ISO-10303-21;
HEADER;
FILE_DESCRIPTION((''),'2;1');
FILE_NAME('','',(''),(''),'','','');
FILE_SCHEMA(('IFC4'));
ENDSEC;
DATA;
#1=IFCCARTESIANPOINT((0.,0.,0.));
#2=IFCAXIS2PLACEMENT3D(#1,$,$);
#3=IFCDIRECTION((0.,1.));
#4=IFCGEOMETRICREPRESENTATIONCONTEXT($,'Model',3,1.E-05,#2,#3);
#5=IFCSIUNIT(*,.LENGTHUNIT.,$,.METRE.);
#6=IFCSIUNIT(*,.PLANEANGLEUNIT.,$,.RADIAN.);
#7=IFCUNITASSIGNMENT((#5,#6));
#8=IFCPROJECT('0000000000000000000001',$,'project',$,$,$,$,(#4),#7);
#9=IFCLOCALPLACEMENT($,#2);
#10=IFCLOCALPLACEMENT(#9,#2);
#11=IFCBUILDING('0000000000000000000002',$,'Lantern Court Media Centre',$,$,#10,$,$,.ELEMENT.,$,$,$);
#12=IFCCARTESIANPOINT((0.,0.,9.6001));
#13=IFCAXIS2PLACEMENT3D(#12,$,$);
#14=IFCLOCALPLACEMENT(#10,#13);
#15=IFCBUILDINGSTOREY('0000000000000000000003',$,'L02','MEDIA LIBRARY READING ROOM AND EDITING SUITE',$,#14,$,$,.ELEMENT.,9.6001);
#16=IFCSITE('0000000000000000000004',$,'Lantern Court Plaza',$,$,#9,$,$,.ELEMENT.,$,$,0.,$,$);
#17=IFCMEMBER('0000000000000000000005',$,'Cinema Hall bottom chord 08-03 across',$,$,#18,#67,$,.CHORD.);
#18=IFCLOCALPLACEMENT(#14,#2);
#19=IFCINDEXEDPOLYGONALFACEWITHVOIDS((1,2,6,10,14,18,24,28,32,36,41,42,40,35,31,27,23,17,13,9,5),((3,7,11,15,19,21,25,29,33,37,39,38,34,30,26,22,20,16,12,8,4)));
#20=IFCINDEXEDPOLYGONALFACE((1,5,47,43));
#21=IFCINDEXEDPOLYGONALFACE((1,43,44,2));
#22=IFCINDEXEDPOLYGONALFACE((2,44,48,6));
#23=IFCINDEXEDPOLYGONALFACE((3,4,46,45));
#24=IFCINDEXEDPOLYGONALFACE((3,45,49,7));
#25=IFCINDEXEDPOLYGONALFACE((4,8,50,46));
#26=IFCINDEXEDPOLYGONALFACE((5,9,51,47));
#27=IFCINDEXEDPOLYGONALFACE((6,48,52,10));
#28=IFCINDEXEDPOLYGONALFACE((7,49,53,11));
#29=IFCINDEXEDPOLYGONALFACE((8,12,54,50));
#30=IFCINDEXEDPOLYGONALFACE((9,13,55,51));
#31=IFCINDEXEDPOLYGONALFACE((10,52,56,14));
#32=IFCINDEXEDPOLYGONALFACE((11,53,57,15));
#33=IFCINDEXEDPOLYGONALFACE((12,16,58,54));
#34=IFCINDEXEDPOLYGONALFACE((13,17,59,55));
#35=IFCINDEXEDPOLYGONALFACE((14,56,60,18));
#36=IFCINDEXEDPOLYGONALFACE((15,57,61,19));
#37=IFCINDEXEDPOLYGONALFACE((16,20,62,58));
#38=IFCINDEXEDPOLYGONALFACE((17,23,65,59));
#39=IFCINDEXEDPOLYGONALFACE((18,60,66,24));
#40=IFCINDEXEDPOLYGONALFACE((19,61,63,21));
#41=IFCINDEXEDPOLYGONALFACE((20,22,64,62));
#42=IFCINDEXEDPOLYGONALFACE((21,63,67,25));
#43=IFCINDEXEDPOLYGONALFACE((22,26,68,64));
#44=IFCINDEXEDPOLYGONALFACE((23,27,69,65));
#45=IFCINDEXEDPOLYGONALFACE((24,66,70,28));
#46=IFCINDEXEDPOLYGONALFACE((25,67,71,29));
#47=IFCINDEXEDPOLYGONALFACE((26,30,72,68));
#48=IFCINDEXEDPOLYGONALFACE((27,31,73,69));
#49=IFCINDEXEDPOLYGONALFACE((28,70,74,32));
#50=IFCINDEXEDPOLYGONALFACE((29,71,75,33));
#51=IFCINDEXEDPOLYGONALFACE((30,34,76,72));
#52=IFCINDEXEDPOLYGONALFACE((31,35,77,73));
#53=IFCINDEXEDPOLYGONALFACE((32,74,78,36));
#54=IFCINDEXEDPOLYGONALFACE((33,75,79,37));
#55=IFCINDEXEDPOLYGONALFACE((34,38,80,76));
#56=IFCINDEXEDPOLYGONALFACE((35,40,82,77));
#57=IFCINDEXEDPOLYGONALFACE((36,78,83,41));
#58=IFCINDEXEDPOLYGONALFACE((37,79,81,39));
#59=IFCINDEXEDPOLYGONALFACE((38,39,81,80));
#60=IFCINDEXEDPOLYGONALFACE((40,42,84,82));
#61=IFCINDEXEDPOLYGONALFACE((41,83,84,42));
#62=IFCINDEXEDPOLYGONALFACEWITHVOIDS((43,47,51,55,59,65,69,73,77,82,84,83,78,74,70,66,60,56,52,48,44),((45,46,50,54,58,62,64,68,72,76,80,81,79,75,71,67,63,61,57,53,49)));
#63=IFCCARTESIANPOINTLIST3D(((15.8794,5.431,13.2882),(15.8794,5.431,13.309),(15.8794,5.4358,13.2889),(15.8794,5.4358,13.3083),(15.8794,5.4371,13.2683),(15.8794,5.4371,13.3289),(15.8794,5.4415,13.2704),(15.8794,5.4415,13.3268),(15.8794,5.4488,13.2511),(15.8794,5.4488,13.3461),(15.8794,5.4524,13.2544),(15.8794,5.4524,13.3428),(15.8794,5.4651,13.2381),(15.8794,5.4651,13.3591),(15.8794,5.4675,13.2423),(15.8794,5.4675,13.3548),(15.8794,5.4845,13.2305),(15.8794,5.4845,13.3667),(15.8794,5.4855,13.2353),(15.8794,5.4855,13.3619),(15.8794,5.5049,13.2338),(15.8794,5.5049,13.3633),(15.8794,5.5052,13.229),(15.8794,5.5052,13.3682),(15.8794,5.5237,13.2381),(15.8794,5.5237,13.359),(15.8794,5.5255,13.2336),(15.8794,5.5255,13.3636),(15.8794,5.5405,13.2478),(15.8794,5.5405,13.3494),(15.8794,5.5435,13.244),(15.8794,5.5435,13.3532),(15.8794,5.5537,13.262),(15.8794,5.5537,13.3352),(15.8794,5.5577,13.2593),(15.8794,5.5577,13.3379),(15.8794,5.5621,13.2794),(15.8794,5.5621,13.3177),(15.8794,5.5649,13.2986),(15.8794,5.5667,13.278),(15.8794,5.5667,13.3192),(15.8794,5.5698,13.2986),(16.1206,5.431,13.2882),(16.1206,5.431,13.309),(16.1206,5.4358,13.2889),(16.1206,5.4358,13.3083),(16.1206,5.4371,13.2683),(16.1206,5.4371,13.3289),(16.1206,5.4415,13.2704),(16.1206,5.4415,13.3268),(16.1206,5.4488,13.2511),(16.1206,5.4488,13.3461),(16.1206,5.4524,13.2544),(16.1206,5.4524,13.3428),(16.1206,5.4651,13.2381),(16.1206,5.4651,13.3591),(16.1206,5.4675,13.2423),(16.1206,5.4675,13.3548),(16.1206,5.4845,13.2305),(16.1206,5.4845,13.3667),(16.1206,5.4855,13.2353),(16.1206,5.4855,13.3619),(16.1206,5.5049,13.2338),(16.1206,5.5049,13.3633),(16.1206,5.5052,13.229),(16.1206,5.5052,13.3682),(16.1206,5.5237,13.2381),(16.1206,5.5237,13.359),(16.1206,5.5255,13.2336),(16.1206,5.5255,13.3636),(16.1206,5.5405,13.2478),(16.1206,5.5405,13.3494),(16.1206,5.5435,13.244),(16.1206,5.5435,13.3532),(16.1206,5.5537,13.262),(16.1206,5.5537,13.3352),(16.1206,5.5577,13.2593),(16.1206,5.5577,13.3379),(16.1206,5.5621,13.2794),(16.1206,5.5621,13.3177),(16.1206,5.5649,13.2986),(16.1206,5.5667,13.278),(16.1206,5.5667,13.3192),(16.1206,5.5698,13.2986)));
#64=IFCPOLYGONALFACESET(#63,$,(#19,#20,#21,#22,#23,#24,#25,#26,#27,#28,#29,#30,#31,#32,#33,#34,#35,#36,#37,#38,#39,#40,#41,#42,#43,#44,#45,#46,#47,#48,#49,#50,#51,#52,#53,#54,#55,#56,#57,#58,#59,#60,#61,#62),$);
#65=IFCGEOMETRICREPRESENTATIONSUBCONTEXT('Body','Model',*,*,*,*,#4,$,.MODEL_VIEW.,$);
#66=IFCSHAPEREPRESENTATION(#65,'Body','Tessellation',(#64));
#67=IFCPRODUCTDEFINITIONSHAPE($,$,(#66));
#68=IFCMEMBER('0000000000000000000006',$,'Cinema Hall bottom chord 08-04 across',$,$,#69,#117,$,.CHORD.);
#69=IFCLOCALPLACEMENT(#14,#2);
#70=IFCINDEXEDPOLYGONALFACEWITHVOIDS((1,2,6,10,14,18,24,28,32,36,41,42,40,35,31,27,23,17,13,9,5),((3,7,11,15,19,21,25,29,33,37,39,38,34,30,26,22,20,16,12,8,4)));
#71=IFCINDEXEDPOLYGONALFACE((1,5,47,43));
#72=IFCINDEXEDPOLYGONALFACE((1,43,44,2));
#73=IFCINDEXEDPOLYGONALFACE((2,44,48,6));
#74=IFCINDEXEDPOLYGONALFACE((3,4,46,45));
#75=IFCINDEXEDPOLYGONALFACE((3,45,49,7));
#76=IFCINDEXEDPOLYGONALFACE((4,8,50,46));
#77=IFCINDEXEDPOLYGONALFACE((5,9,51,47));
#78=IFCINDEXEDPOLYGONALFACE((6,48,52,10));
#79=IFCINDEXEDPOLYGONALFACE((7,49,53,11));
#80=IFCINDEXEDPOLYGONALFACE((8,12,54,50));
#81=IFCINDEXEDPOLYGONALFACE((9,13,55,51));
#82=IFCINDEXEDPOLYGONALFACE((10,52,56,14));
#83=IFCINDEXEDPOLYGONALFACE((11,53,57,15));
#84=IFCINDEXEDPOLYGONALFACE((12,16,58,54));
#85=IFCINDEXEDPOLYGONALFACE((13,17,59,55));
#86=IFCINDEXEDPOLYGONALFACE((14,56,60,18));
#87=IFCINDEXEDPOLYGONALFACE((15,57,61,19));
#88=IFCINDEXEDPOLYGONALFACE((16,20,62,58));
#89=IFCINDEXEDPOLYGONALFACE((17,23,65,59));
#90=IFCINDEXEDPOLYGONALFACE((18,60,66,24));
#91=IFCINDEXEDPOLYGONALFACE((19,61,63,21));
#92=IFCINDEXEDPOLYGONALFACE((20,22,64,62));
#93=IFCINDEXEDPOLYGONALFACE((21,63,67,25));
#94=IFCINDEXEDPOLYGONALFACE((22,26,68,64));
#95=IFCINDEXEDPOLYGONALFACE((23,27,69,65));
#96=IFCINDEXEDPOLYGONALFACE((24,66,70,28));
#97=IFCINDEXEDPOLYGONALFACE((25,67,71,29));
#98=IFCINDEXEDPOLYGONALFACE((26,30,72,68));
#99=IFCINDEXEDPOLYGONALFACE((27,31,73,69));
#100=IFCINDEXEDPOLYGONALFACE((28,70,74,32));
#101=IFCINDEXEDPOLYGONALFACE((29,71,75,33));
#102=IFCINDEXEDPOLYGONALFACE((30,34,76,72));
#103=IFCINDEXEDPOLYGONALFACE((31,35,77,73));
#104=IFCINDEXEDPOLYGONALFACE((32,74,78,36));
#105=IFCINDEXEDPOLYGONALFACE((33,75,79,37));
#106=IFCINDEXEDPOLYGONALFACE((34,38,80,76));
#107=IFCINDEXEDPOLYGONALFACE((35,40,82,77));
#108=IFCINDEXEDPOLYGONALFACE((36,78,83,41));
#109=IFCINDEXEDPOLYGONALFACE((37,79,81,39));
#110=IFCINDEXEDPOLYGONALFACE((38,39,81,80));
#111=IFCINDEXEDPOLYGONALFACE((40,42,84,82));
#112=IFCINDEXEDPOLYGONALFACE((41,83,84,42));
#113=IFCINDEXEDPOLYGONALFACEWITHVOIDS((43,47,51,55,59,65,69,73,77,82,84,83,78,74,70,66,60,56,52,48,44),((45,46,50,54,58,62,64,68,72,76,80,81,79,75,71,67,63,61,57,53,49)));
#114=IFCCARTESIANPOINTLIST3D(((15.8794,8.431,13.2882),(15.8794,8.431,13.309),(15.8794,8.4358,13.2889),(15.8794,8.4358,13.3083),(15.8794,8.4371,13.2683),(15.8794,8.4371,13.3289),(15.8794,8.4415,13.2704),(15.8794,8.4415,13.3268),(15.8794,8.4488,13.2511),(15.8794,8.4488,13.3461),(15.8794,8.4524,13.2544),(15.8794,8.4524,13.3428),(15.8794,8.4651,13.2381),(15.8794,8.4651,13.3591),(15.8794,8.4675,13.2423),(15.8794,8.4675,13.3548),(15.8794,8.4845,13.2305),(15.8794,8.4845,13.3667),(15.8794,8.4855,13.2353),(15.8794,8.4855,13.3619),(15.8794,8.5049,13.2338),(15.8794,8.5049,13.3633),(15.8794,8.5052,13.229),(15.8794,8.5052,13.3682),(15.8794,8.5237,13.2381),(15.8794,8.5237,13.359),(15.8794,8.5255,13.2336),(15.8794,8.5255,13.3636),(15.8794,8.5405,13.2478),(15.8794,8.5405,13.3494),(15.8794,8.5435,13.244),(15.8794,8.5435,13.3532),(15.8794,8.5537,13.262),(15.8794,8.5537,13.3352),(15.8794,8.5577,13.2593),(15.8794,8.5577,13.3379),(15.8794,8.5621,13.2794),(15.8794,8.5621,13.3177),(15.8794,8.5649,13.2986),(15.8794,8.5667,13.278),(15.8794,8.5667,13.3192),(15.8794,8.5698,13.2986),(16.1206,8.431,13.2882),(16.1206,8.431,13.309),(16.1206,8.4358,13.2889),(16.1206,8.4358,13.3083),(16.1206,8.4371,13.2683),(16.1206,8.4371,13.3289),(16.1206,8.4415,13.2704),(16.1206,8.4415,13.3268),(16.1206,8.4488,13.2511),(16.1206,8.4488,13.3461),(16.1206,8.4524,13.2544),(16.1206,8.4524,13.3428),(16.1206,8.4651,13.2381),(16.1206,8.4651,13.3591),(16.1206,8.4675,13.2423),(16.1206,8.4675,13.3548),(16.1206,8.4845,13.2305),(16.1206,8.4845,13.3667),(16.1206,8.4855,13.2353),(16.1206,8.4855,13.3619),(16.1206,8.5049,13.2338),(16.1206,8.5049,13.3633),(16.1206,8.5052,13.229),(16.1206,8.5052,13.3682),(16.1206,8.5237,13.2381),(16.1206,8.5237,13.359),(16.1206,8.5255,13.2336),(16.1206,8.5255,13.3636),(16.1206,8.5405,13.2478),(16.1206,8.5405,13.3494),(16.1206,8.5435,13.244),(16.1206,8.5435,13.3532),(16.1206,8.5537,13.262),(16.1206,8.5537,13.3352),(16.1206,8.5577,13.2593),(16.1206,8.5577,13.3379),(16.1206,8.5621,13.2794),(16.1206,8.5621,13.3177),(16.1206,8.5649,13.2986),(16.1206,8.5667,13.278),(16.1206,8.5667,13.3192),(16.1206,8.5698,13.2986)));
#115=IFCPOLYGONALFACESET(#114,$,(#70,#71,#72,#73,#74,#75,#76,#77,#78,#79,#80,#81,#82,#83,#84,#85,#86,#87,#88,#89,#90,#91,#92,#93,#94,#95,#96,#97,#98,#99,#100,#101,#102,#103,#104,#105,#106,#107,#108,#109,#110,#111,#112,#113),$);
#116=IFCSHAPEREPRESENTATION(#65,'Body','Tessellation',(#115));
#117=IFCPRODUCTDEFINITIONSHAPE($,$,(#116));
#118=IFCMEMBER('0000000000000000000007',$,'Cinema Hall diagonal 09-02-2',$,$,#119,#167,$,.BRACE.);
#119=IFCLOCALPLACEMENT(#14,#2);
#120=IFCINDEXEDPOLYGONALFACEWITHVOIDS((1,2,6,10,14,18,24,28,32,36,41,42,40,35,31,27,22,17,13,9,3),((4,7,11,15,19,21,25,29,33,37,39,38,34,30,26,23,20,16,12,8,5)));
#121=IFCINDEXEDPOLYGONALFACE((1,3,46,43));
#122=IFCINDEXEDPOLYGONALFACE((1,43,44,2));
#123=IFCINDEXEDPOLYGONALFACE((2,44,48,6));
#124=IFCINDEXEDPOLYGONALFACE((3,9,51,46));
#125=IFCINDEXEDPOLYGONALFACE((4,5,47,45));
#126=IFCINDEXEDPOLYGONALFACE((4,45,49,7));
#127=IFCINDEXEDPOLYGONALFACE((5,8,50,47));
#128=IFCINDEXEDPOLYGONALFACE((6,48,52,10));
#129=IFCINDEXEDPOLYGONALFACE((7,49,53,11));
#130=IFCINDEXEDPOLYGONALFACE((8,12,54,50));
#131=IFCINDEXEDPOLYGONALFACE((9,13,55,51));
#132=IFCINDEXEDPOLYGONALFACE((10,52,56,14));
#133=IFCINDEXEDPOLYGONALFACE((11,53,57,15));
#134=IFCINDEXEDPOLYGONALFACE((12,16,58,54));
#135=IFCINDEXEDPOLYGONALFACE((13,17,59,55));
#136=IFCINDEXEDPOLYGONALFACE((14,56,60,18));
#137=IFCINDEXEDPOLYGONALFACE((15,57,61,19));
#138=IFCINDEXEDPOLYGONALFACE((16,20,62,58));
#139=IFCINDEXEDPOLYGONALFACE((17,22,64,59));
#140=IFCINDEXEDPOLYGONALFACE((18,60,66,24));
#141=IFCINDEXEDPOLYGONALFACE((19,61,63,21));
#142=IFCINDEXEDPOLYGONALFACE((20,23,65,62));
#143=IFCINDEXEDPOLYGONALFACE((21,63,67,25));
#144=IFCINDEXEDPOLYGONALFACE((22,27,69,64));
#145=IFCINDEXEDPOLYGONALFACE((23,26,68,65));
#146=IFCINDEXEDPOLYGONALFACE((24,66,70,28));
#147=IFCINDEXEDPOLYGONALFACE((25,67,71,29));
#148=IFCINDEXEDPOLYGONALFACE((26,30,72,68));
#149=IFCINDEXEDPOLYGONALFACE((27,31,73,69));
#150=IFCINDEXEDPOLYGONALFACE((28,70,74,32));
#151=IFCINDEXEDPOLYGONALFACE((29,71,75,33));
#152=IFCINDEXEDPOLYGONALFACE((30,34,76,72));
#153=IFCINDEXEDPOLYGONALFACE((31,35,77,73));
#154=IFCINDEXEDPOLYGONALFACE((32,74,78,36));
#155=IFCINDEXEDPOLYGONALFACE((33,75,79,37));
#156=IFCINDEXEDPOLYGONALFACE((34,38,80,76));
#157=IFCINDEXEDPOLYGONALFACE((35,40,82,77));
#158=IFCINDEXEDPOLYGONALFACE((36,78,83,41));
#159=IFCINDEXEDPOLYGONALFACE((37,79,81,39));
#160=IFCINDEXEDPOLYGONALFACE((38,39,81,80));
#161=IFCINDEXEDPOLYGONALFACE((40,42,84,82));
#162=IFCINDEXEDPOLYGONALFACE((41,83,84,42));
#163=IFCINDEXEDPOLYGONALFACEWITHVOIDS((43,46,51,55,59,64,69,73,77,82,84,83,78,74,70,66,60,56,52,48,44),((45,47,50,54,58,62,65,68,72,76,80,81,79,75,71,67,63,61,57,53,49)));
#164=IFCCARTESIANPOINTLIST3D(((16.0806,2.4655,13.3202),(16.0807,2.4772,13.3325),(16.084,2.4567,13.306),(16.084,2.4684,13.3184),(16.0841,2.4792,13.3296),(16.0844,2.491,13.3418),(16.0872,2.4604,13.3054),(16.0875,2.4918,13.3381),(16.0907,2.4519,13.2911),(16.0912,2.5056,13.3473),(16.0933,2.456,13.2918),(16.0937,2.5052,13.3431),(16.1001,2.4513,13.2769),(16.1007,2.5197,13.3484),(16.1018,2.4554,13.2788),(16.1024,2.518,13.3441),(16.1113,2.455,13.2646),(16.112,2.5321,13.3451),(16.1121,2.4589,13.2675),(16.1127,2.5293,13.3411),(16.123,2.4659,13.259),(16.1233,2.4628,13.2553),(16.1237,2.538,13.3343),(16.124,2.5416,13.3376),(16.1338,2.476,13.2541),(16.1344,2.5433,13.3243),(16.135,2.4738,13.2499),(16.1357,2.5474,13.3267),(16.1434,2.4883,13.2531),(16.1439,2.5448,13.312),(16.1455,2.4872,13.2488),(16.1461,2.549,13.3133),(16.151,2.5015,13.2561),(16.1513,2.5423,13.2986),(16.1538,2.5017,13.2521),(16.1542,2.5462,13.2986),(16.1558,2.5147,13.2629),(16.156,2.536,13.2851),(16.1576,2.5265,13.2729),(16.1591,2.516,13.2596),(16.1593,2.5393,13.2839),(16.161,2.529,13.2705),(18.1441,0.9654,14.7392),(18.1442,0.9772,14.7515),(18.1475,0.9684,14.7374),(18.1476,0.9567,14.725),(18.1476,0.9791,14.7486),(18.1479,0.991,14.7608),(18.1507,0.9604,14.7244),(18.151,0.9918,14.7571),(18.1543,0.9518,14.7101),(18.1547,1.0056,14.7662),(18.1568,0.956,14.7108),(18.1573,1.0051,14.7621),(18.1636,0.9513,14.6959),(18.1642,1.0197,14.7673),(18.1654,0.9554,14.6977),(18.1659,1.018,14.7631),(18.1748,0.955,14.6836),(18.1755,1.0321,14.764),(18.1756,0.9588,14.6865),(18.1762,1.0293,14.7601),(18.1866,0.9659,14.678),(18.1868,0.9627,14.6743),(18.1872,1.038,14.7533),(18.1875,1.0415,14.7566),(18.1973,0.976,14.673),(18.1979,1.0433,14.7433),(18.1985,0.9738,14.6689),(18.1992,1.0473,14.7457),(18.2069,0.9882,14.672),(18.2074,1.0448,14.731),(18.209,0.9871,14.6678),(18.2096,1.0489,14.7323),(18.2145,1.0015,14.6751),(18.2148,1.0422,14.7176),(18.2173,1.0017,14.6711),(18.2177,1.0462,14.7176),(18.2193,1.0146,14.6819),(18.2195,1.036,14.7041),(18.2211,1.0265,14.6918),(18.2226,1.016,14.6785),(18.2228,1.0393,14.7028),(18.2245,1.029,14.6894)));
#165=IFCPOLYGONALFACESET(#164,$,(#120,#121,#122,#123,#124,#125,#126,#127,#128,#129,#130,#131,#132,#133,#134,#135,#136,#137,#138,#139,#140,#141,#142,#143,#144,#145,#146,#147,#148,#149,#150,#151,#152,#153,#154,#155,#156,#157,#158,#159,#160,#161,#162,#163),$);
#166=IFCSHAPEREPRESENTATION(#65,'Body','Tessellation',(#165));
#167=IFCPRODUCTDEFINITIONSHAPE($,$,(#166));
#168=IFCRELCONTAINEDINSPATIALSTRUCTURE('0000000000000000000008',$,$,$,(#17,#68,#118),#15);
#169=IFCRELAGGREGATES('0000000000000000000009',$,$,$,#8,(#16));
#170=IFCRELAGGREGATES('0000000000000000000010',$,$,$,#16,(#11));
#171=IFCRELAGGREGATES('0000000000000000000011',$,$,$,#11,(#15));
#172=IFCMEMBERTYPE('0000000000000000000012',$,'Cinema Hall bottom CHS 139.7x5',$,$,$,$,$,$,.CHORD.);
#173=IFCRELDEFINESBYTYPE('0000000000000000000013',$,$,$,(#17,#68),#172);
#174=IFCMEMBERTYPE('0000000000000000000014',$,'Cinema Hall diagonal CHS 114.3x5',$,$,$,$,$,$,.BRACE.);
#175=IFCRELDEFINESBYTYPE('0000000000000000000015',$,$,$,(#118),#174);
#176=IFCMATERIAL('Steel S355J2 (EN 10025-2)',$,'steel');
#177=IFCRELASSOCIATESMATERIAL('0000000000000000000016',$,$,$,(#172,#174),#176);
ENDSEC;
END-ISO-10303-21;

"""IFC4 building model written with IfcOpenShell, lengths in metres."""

from ifc_helpers import new_model, si_unit, direction, frame, origin, origin_2d, place, context, subcontext, project, spatial, hollow_circle, extrude, material, material_profile, profile_set, type_object, element, save


model = new_model("IFC4")

# Units and contexts
model_context = context("Model", 3, precision=1e-05, world=origin(), true_north=direction((0.0, 1.0)))
body_context = subcontext(model_context, "Body", "Model", "MODEL_VIEW")
ifc_project = project(units=[si_unit("LENGTHUNIT", "METRE"), si_unit("PLANEANGLEUNIT", "RADIAN")], contexts=[model_context])

# Site, building, storey
site_placement = place(None, origin())
site = spatial("IfcSite", under=ifc_project, at=site_placement, Name="Lantern Court Plaza", CompositionType="ELEMENT", RefElevation=0.0)
building_placement = place(site_placement, origin())
building = spatial("IfcBuilding", under=site, at=building_placement, Name="Lantern Court Media Centre", CompositionType="ELEMENT")
storey_placement = place(building_placement, frame((0.0, 0.0, 9.6001)))
storey = spatial("IfcBuildingStorey", under=building, at=storey_placement, Name="L02", Description="MEDIA LIBRARY READING ROOM AND EDITING SUITE", CompositionType="ELEMENT", Elevation=9.6001)

# Members
ifc_material = material(Name="Steel S355J2 (EN 10025-2)", Category="steel")
ifc_material_profile_1 = material_profile(ifc_material, hollow_circle(Radius=0.0698, WallThickness=0.0049, at=origin_2d()), Name="Cinema Hall bottom CHS 139.7x5")
ifc_profile_set_1 = profile_set([ifc_material_profile_1], Name="Steel S355J2 (EN 10025-2)")
member_type_1 = type_object("IfcMemberType", Name="Cinema Hall bottom CHS 139.7x5", PredefinedType="CHORD", material=ifc_profile_set_1)
for number, where, z_axis, x_axis, name in (
    (1, (15.8794, 5.5, 13.2986), (1.0, 0.0, 0.0), (0.0, 1.0, 0.0), "Cinema Hall bottom chord 08-03 across"),
    (2, (15.8794, 8.5, 13.2986), (1.0, 0.0, 0.0), (0.0, 1.0, 0.0), "Cinema Hall bottom chord 08-04 across"),
):
    element("IfcMember", number, at=place(storey_placement, frame(where, z_axis=z_axis, x_axis=x_axis)), inside=storey, type_object=member_type_1, Name=name, PredefinedType="CHORD", context=body_context, shape_type="SweptSolid", body=[
        extrude(hollow_circle(Radius=0.0698, WallThickness=0.0049, at=origin_2d()), origin(), (0.0, 0.0, 1.0), 0.2412),
    ])
ifc_material_profile_2 = material_profile(ifc_material, hollow_circle(Radius=0.0571, WallThickness=0.0049, at=origin_2d()), Name="Cinema Hall diagonal CHS 114.3x5")
ifc_profile_set_2 = profile_set([ifc_material_profile_2], Name="Steel S355J2 (EN 10025-2)")
member_type_2 = type_object("IfcMemberType", Name="Cinema Hall diagonal CHS 114.3x5", PredefinedType="BRACE", material=ifc_profile_set_2)
for number, where, z_axis, x_axis, name in (
    (3, (16.1206, 2.5, 13.2986), (0.70688, -0.513851, 0.486084), (0.58799, 0.808868, 0.0), "Cinema Hall diagonal 09-02-2"),
):
    element("IfcMember", number, at=place(storey_placement, frame(where, z_axis=z_axis, x_axis=x_axis)), inside=storey, type_object=member_type_2, Name=name, PredefinedType="BRACE", context=body_context, shape_type="SweptSolid", body=[
        extrude(hollow_circle(Radius=0.0571, WallThickness=0.0049, at=origin_2d()), origin(), (0.0, 0.0, 1.0), 2.9192),
    ])

save(model, "model.ifc")
